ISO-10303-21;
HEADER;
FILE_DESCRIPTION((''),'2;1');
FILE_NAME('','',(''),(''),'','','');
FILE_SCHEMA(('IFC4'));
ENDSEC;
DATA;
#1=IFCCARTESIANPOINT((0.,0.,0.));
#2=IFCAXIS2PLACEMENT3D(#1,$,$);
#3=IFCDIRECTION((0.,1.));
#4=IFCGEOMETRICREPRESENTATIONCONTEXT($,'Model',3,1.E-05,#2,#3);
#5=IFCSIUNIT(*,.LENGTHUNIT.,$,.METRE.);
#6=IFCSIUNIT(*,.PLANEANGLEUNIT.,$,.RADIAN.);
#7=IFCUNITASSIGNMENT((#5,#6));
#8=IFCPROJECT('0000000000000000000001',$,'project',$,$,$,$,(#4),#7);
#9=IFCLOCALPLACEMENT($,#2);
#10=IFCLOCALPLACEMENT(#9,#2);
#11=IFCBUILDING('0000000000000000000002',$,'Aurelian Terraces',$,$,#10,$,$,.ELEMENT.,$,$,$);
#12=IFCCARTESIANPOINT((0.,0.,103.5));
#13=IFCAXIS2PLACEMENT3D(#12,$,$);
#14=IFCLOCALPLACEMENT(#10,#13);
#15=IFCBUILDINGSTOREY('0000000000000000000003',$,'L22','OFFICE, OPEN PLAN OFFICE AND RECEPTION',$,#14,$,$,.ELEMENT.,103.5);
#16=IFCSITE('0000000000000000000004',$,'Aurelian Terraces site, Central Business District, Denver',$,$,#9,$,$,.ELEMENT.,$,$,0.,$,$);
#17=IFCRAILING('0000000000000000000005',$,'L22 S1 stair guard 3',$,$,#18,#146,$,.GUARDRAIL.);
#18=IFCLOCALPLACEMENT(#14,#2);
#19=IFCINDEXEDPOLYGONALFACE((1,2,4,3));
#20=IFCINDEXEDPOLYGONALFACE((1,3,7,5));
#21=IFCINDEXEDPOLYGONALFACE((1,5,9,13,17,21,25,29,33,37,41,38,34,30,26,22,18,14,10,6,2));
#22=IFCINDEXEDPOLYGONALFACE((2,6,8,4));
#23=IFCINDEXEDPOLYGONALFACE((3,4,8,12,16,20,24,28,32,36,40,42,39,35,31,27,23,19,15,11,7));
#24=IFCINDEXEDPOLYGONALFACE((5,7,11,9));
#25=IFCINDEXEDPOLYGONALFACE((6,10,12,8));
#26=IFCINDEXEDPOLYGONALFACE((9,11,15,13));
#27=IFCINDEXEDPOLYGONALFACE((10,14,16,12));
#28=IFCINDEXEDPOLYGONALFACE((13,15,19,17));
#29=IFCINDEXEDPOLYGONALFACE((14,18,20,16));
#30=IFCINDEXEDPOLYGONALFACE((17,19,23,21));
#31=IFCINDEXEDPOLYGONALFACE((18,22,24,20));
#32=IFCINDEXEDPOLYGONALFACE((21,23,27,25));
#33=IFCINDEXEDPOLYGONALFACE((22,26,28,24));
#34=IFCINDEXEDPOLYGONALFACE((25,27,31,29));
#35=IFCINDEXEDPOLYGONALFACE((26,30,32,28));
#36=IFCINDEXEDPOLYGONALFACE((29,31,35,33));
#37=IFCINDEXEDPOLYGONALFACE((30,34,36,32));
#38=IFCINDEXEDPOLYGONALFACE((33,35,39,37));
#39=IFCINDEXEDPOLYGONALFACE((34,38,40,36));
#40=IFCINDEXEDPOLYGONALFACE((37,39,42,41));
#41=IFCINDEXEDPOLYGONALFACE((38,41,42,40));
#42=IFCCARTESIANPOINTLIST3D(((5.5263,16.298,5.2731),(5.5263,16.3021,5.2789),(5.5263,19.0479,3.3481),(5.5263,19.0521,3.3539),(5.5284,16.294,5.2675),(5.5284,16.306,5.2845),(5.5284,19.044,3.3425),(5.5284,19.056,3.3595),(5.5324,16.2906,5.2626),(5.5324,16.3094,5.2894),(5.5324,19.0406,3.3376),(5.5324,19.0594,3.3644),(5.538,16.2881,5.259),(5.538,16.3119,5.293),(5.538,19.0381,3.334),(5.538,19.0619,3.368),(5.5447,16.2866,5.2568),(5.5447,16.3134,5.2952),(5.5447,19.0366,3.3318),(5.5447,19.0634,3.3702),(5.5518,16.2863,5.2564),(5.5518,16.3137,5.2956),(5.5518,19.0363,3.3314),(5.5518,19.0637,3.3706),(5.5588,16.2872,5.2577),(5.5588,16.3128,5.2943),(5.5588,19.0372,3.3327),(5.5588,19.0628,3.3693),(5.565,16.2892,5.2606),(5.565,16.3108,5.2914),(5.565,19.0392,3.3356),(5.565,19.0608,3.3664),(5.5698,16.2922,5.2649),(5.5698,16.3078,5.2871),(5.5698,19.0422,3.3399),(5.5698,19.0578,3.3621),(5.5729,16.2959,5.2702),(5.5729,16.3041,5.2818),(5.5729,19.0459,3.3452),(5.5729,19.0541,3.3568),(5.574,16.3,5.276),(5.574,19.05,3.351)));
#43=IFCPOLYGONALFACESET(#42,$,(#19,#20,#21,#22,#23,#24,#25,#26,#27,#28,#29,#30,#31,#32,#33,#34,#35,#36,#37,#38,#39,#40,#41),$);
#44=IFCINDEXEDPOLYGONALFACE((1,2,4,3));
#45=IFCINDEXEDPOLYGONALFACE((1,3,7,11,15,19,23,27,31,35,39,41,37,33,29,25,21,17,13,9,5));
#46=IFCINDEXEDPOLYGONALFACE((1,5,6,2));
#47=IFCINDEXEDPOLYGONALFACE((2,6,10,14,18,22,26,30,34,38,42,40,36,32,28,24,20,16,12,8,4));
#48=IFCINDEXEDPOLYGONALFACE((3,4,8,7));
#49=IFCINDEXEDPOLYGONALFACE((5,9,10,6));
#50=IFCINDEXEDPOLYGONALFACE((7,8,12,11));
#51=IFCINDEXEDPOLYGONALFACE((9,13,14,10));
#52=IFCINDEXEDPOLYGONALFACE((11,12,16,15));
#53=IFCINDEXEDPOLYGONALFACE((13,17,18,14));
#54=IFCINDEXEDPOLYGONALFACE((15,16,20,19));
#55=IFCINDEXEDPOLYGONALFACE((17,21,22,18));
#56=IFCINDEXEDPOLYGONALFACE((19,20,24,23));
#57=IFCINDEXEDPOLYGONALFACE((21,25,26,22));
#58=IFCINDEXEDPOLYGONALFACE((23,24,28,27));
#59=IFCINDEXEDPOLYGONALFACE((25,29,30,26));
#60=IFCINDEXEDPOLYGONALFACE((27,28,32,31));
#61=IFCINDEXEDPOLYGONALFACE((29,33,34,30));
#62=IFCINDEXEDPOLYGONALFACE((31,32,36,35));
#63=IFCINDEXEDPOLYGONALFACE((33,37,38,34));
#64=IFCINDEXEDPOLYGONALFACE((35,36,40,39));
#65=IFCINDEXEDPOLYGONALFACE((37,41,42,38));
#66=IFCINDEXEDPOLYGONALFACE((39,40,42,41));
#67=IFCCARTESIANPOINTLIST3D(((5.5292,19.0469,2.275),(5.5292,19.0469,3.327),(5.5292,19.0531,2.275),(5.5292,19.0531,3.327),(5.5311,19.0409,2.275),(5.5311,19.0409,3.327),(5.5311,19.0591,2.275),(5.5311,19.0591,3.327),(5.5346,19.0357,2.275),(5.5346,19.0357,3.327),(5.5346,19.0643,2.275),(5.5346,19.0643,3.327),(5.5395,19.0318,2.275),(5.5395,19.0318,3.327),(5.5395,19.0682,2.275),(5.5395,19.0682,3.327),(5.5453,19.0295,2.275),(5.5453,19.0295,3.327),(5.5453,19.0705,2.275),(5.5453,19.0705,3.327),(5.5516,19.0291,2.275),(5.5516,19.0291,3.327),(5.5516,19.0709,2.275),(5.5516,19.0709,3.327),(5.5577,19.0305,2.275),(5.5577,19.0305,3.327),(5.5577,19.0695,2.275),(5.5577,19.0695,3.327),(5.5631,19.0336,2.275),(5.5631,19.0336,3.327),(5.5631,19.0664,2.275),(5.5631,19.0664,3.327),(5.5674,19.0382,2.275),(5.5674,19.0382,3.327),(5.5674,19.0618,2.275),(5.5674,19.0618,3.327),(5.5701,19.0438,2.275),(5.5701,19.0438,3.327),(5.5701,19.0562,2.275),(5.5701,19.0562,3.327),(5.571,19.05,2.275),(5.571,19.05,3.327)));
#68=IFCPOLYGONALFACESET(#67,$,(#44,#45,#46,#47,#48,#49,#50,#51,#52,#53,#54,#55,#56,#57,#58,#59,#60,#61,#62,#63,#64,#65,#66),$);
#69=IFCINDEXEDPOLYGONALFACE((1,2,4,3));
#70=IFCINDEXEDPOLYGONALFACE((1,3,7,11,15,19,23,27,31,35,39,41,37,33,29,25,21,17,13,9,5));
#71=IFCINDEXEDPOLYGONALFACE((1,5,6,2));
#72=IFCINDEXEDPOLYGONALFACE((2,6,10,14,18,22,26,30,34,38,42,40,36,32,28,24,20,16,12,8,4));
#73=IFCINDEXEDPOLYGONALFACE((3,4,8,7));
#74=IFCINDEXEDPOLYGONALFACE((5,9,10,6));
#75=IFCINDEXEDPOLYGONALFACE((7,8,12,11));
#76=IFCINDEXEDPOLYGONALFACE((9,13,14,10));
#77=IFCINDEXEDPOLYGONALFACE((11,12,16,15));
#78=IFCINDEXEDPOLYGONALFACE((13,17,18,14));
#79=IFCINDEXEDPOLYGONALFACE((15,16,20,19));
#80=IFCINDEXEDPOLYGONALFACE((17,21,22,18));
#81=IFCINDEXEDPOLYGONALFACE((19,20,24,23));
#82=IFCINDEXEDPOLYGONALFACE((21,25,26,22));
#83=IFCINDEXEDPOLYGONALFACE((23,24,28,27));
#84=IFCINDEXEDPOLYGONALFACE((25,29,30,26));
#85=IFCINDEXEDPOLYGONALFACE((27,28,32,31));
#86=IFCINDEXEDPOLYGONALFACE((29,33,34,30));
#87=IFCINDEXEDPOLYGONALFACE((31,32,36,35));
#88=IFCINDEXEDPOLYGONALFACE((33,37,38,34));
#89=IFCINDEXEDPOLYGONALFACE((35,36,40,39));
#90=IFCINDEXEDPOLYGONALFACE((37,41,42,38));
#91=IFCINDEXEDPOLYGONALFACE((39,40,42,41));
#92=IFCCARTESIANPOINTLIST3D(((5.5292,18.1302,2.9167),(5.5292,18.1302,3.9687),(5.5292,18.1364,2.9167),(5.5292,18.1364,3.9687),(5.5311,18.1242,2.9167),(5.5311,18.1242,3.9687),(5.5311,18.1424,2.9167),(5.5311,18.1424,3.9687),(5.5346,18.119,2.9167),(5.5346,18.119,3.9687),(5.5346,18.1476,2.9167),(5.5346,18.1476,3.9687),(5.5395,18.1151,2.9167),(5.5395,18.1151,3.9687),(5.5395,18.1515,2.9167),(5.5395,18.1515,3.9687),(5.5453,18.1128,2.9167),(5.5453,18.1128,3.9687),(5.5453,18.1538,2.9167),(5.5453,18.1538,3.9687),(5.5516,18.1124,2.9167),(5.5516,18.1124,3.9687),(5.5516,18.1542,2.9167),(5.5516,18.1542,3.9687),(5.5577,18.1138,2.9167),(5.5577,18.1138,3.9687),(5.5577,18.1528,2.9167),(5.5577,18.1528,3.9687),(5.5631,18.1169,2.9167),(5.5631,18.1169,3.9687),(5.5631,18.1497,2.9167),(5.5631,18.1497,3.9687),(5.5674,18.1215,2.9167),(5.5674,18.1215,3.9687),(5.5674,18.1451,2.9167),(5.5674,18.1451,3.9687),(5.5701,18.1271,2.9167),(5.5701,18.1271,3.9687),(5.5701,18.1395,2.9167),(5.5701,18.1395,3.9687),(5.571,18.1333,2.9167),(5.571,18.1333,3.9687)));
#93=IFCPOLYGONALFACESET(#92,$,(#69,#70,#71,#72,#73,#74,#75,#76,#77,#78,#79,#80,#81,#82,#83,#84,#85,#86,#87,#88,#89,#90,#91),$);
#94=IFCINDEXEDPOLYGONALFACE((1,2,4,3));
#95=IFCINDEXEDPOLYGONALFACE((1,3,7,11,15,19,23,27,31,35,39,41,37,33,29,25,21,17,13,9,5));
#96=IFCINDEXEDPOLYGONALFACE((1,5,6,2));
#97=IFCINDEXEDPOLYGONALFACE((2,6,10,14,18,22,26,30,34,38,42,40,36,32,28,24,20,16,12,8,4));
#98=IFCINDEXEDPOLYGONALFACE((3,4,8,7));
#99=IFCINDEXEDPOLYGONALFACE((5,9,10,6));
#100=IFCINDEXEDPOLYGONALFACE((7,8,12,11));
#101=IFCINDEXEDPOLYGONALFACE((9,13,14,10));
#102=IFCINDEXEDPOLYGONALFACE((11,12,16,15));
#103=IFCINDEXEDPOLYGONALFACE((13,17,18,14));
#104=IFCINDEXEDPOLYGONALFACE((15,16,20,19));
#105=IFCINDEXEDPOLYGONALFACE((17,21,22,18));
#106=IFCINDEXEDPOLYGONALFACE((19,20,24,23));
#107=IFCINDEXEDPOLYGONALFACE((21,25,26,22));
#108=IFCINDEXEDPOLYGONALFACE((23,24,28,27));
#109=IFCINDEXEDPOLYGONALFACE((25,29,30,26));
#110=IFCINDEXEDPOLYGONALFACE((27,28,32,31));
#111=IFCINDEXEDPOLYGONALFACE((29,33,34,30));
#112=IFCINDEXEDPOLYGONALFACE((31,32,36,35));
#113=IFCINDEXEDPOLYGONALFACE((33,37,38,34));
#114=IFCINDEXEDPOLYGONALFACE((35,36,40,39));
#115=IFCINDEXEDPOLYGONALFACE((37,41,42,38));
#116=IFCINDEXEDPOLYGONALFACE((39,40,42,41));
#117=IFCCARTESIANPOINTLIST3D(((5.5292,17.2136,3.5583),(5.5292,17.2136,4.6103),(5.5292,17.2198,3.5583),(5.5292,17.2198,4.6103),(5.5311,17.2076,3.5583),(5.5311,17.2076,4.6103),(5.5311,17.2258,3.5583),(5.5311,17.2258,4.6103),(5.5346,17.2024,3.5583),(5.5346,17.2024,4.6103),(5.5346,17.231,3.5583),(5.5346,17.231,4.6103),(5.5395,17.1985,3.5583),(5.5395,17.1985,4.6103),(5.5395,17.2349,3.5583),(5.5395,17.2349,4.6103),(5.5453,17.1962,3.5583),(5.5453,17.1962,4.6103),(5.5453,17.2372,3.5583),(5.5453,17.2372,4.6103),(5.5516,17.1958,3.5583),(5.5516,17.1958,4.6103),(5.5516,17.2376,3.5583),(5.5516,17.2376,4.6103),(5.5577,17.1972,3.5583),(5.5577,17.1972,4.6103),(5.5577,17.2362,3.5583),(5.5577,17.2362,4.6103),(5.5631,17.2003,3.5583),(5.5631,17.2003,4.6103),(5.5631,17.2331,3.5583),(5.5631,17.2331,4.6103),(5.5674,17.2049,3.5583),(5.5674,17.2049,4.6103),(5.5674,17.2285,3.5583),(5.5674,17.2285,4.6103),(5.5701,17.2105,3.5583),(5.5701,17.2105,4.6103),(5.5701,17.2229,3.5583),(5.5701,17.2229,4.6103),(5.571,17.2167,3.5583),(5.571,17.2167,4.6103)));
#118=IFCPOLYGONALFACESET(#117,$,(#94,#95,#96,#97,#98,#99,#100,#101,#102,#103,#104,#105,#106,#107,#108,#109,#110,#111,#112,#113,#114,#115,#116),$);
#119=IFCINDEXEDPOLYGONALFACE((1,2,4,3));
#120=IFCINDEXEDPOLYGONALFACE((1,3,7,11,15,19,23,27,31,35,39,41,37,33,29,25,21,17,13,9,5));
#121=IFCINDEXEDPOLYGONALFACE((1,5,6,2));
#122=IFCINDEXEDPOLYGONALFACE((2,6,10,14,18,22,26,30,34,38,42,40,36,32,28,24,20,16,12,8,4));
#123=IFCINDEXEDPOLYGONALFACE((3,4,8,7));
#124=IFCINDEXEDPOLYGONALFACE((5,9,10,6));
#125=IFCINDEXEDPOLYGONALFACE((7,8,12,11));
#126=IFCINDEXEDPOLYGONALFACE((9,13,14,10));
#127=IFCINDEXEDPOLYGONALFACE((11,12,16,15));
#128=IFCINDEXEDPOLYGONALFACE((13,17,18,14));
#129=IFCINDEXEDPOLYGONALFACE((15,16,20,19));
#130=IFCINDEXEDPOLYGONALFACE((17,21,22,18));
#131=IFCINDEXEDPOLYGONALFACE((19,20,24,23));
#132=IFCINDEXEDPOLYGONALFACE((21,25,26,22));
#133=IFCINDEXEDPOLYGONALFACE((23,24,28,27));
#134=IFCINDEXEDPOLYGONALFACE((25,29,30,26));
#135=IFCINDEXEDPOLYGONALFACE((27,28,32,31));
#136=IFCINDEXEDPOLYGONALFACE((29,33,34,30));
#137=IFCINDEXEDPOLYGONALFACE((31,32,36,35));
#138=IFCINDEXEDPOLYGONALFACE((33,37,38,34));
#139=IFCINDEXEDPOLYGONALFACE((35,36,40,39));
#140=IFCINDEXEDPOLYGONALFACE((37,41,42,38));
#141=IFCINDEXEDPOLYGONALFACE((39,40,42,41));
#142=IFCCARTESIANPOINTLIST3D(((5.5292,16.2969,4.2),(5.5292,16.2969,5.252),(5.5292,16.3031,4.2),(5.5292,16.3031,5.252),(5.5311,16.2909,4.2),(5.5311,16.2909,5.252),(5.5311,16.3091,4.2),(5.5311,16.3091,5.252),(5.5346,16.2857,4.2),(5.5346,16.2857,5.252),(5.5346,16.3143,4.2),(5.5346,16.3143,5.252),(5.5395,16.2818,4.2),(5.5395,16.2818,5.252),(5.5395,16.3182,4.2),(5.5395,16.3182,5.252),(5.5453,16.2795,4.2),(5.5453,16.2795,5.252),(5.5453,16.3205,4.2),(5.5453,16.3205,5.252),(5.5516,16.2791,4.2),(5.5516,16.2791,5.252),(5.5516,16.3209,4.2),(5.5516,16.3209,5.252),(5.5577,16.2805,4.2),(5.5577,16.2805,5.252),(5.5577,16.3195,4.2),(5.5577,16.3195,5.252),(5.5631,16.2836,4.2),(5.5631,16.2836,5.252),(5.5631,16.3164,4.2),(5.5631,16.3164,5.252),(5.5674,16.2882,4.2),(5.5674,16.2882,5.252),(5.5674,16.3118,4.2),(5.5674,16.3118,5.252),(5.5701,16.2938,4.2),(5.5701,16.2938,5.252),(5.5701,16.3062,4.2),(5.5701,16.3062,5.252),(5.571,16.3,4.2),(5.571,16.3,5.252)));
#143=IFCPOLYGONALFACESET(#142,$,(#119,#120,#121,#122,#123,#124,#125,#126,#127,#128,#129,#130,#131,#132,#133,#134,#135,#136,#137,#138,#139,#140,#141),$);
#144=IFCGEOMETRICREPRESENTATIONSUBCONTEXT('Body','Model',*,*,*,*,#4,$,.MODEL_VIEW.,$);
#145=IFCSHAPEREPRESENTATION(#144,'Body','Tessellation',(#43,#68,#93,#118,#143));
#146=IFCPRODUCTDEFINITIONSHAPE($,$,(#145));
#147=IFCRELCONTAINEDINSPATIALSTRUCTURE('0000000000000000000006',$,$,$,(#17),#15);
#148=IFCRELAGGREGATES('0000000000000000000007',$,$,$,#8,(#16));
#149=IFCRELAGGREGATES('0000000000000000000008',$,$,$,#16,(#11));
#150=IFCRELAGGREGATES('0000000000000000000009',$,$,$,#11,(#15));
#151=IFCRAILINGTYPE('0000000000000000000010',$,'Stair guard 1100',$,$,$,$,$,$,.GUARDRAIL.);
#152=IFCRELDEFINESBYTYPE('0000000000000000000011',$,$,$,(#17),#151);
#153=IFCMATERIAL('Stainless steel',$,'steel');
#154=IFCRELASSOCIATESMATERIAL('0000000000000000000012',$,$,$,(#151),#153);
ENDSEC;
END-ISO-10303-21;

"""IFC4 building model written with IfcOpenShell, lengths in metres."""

from ifc_helpers import new_model, si_unit, direction, frame, origin, origin_2d, place, context, subcontext, project, spatial, circle, extrude, source, transform, mapped, material, type_object, element, save


model = new_model("IFC4")

# Units and contexts
model_context = context("Model", 3, precision=1e-05, world=origin(), true_north=direction((0.0, 1.0)))
body_context = subcontext(model_context, "Body", "Model", "MODEL_VIEW")
ifc_project = project(units=[si_unit("LENGTHUNIT", "METRE"), si_unit("PLANEANGLEUNIT", "RADIAN")], contexts=[model_context])

# Site, building, storey
site_placement = place(None, origin())
site = spatial("IfcSite", under=ifc_project, at=site_placement, Name="Aurelian Terraces site, Central Business District, Denver", CompositionType="ELEMENT", RefElevation=0.0)
building_placement = place(site_placement, origin())
building = spatial("IfcBuilding", under=site, at=building_placement, Name="Aurelian Terraces", CompositionType="ELEMENT")
storey_placement = place(building_placement, frame((0.0, 0.0, 103.5)))
storey = spatial("IfcBuildingStorey", under=building, at=storey_placement, Name="L22", Description="OFFICE, OPEN PLAN OFFICE AND RECEPTION", CompositionType="ELEMENT", Elevation=103.5)

# Railing
ifc_material_1 = material(Name="Stainless steel", Category="steel")
railing_type_1 = type_object("IfcRailingType", Name="Stair guard 1100", PredefinedType="GUARDRAIL", material=ifc_material_1)
shared_shape_1 = source(origin(), body_context, "Body", "SweptSolid", [
    extrude(circle(Radius=0.024, at=origin_2d()), frame((0.0, 0.0, 1.076), z_axis=(0.0, -0.819232, 0.573462), x_axis=(1.0, 0.0, 0.0)), (0.0, 0.0, 1.0), 3.3568),
    extrude(circle(Radius=0.021, at=origin_2d()), origin(), (0.0, 0.0, 1.0), 1.052),
    extrude(circle(Radius=0.021, at=origin_2d()), frame((0.0, -0.9167, 0.6417)), (0.0, 0.0, 1.0), 1.052),
    extrude(circle(Radius=0.021, at=origin_2d()), frame((0.0, -1.8333, 1.2833)), (0.0, 0.0, 1.0), 1.052),
    extrude(circle(Radius=0.021, at=origin_2d()), frame((0.0, -2.75, 1.925)), (0.0, 0.0, 1.0), 1.052),
])
railing_1_placement = place(storey_placement, frame((5.55, 19.05, 2.275)))
element("IfcRailing", 1, at=railing_1_placement, inside=storey, type_object=railing_type_1, Name="L22 S1 stair guard 3", PredefinedType="GUARDRAIL", context=body_context, shape_type="MappedRepresentation", body=[
    mapped(shared_shape_1, transform((0.0, 0.0, 0.0), scale=1.0)),
])

save(model, "model.ifc")
